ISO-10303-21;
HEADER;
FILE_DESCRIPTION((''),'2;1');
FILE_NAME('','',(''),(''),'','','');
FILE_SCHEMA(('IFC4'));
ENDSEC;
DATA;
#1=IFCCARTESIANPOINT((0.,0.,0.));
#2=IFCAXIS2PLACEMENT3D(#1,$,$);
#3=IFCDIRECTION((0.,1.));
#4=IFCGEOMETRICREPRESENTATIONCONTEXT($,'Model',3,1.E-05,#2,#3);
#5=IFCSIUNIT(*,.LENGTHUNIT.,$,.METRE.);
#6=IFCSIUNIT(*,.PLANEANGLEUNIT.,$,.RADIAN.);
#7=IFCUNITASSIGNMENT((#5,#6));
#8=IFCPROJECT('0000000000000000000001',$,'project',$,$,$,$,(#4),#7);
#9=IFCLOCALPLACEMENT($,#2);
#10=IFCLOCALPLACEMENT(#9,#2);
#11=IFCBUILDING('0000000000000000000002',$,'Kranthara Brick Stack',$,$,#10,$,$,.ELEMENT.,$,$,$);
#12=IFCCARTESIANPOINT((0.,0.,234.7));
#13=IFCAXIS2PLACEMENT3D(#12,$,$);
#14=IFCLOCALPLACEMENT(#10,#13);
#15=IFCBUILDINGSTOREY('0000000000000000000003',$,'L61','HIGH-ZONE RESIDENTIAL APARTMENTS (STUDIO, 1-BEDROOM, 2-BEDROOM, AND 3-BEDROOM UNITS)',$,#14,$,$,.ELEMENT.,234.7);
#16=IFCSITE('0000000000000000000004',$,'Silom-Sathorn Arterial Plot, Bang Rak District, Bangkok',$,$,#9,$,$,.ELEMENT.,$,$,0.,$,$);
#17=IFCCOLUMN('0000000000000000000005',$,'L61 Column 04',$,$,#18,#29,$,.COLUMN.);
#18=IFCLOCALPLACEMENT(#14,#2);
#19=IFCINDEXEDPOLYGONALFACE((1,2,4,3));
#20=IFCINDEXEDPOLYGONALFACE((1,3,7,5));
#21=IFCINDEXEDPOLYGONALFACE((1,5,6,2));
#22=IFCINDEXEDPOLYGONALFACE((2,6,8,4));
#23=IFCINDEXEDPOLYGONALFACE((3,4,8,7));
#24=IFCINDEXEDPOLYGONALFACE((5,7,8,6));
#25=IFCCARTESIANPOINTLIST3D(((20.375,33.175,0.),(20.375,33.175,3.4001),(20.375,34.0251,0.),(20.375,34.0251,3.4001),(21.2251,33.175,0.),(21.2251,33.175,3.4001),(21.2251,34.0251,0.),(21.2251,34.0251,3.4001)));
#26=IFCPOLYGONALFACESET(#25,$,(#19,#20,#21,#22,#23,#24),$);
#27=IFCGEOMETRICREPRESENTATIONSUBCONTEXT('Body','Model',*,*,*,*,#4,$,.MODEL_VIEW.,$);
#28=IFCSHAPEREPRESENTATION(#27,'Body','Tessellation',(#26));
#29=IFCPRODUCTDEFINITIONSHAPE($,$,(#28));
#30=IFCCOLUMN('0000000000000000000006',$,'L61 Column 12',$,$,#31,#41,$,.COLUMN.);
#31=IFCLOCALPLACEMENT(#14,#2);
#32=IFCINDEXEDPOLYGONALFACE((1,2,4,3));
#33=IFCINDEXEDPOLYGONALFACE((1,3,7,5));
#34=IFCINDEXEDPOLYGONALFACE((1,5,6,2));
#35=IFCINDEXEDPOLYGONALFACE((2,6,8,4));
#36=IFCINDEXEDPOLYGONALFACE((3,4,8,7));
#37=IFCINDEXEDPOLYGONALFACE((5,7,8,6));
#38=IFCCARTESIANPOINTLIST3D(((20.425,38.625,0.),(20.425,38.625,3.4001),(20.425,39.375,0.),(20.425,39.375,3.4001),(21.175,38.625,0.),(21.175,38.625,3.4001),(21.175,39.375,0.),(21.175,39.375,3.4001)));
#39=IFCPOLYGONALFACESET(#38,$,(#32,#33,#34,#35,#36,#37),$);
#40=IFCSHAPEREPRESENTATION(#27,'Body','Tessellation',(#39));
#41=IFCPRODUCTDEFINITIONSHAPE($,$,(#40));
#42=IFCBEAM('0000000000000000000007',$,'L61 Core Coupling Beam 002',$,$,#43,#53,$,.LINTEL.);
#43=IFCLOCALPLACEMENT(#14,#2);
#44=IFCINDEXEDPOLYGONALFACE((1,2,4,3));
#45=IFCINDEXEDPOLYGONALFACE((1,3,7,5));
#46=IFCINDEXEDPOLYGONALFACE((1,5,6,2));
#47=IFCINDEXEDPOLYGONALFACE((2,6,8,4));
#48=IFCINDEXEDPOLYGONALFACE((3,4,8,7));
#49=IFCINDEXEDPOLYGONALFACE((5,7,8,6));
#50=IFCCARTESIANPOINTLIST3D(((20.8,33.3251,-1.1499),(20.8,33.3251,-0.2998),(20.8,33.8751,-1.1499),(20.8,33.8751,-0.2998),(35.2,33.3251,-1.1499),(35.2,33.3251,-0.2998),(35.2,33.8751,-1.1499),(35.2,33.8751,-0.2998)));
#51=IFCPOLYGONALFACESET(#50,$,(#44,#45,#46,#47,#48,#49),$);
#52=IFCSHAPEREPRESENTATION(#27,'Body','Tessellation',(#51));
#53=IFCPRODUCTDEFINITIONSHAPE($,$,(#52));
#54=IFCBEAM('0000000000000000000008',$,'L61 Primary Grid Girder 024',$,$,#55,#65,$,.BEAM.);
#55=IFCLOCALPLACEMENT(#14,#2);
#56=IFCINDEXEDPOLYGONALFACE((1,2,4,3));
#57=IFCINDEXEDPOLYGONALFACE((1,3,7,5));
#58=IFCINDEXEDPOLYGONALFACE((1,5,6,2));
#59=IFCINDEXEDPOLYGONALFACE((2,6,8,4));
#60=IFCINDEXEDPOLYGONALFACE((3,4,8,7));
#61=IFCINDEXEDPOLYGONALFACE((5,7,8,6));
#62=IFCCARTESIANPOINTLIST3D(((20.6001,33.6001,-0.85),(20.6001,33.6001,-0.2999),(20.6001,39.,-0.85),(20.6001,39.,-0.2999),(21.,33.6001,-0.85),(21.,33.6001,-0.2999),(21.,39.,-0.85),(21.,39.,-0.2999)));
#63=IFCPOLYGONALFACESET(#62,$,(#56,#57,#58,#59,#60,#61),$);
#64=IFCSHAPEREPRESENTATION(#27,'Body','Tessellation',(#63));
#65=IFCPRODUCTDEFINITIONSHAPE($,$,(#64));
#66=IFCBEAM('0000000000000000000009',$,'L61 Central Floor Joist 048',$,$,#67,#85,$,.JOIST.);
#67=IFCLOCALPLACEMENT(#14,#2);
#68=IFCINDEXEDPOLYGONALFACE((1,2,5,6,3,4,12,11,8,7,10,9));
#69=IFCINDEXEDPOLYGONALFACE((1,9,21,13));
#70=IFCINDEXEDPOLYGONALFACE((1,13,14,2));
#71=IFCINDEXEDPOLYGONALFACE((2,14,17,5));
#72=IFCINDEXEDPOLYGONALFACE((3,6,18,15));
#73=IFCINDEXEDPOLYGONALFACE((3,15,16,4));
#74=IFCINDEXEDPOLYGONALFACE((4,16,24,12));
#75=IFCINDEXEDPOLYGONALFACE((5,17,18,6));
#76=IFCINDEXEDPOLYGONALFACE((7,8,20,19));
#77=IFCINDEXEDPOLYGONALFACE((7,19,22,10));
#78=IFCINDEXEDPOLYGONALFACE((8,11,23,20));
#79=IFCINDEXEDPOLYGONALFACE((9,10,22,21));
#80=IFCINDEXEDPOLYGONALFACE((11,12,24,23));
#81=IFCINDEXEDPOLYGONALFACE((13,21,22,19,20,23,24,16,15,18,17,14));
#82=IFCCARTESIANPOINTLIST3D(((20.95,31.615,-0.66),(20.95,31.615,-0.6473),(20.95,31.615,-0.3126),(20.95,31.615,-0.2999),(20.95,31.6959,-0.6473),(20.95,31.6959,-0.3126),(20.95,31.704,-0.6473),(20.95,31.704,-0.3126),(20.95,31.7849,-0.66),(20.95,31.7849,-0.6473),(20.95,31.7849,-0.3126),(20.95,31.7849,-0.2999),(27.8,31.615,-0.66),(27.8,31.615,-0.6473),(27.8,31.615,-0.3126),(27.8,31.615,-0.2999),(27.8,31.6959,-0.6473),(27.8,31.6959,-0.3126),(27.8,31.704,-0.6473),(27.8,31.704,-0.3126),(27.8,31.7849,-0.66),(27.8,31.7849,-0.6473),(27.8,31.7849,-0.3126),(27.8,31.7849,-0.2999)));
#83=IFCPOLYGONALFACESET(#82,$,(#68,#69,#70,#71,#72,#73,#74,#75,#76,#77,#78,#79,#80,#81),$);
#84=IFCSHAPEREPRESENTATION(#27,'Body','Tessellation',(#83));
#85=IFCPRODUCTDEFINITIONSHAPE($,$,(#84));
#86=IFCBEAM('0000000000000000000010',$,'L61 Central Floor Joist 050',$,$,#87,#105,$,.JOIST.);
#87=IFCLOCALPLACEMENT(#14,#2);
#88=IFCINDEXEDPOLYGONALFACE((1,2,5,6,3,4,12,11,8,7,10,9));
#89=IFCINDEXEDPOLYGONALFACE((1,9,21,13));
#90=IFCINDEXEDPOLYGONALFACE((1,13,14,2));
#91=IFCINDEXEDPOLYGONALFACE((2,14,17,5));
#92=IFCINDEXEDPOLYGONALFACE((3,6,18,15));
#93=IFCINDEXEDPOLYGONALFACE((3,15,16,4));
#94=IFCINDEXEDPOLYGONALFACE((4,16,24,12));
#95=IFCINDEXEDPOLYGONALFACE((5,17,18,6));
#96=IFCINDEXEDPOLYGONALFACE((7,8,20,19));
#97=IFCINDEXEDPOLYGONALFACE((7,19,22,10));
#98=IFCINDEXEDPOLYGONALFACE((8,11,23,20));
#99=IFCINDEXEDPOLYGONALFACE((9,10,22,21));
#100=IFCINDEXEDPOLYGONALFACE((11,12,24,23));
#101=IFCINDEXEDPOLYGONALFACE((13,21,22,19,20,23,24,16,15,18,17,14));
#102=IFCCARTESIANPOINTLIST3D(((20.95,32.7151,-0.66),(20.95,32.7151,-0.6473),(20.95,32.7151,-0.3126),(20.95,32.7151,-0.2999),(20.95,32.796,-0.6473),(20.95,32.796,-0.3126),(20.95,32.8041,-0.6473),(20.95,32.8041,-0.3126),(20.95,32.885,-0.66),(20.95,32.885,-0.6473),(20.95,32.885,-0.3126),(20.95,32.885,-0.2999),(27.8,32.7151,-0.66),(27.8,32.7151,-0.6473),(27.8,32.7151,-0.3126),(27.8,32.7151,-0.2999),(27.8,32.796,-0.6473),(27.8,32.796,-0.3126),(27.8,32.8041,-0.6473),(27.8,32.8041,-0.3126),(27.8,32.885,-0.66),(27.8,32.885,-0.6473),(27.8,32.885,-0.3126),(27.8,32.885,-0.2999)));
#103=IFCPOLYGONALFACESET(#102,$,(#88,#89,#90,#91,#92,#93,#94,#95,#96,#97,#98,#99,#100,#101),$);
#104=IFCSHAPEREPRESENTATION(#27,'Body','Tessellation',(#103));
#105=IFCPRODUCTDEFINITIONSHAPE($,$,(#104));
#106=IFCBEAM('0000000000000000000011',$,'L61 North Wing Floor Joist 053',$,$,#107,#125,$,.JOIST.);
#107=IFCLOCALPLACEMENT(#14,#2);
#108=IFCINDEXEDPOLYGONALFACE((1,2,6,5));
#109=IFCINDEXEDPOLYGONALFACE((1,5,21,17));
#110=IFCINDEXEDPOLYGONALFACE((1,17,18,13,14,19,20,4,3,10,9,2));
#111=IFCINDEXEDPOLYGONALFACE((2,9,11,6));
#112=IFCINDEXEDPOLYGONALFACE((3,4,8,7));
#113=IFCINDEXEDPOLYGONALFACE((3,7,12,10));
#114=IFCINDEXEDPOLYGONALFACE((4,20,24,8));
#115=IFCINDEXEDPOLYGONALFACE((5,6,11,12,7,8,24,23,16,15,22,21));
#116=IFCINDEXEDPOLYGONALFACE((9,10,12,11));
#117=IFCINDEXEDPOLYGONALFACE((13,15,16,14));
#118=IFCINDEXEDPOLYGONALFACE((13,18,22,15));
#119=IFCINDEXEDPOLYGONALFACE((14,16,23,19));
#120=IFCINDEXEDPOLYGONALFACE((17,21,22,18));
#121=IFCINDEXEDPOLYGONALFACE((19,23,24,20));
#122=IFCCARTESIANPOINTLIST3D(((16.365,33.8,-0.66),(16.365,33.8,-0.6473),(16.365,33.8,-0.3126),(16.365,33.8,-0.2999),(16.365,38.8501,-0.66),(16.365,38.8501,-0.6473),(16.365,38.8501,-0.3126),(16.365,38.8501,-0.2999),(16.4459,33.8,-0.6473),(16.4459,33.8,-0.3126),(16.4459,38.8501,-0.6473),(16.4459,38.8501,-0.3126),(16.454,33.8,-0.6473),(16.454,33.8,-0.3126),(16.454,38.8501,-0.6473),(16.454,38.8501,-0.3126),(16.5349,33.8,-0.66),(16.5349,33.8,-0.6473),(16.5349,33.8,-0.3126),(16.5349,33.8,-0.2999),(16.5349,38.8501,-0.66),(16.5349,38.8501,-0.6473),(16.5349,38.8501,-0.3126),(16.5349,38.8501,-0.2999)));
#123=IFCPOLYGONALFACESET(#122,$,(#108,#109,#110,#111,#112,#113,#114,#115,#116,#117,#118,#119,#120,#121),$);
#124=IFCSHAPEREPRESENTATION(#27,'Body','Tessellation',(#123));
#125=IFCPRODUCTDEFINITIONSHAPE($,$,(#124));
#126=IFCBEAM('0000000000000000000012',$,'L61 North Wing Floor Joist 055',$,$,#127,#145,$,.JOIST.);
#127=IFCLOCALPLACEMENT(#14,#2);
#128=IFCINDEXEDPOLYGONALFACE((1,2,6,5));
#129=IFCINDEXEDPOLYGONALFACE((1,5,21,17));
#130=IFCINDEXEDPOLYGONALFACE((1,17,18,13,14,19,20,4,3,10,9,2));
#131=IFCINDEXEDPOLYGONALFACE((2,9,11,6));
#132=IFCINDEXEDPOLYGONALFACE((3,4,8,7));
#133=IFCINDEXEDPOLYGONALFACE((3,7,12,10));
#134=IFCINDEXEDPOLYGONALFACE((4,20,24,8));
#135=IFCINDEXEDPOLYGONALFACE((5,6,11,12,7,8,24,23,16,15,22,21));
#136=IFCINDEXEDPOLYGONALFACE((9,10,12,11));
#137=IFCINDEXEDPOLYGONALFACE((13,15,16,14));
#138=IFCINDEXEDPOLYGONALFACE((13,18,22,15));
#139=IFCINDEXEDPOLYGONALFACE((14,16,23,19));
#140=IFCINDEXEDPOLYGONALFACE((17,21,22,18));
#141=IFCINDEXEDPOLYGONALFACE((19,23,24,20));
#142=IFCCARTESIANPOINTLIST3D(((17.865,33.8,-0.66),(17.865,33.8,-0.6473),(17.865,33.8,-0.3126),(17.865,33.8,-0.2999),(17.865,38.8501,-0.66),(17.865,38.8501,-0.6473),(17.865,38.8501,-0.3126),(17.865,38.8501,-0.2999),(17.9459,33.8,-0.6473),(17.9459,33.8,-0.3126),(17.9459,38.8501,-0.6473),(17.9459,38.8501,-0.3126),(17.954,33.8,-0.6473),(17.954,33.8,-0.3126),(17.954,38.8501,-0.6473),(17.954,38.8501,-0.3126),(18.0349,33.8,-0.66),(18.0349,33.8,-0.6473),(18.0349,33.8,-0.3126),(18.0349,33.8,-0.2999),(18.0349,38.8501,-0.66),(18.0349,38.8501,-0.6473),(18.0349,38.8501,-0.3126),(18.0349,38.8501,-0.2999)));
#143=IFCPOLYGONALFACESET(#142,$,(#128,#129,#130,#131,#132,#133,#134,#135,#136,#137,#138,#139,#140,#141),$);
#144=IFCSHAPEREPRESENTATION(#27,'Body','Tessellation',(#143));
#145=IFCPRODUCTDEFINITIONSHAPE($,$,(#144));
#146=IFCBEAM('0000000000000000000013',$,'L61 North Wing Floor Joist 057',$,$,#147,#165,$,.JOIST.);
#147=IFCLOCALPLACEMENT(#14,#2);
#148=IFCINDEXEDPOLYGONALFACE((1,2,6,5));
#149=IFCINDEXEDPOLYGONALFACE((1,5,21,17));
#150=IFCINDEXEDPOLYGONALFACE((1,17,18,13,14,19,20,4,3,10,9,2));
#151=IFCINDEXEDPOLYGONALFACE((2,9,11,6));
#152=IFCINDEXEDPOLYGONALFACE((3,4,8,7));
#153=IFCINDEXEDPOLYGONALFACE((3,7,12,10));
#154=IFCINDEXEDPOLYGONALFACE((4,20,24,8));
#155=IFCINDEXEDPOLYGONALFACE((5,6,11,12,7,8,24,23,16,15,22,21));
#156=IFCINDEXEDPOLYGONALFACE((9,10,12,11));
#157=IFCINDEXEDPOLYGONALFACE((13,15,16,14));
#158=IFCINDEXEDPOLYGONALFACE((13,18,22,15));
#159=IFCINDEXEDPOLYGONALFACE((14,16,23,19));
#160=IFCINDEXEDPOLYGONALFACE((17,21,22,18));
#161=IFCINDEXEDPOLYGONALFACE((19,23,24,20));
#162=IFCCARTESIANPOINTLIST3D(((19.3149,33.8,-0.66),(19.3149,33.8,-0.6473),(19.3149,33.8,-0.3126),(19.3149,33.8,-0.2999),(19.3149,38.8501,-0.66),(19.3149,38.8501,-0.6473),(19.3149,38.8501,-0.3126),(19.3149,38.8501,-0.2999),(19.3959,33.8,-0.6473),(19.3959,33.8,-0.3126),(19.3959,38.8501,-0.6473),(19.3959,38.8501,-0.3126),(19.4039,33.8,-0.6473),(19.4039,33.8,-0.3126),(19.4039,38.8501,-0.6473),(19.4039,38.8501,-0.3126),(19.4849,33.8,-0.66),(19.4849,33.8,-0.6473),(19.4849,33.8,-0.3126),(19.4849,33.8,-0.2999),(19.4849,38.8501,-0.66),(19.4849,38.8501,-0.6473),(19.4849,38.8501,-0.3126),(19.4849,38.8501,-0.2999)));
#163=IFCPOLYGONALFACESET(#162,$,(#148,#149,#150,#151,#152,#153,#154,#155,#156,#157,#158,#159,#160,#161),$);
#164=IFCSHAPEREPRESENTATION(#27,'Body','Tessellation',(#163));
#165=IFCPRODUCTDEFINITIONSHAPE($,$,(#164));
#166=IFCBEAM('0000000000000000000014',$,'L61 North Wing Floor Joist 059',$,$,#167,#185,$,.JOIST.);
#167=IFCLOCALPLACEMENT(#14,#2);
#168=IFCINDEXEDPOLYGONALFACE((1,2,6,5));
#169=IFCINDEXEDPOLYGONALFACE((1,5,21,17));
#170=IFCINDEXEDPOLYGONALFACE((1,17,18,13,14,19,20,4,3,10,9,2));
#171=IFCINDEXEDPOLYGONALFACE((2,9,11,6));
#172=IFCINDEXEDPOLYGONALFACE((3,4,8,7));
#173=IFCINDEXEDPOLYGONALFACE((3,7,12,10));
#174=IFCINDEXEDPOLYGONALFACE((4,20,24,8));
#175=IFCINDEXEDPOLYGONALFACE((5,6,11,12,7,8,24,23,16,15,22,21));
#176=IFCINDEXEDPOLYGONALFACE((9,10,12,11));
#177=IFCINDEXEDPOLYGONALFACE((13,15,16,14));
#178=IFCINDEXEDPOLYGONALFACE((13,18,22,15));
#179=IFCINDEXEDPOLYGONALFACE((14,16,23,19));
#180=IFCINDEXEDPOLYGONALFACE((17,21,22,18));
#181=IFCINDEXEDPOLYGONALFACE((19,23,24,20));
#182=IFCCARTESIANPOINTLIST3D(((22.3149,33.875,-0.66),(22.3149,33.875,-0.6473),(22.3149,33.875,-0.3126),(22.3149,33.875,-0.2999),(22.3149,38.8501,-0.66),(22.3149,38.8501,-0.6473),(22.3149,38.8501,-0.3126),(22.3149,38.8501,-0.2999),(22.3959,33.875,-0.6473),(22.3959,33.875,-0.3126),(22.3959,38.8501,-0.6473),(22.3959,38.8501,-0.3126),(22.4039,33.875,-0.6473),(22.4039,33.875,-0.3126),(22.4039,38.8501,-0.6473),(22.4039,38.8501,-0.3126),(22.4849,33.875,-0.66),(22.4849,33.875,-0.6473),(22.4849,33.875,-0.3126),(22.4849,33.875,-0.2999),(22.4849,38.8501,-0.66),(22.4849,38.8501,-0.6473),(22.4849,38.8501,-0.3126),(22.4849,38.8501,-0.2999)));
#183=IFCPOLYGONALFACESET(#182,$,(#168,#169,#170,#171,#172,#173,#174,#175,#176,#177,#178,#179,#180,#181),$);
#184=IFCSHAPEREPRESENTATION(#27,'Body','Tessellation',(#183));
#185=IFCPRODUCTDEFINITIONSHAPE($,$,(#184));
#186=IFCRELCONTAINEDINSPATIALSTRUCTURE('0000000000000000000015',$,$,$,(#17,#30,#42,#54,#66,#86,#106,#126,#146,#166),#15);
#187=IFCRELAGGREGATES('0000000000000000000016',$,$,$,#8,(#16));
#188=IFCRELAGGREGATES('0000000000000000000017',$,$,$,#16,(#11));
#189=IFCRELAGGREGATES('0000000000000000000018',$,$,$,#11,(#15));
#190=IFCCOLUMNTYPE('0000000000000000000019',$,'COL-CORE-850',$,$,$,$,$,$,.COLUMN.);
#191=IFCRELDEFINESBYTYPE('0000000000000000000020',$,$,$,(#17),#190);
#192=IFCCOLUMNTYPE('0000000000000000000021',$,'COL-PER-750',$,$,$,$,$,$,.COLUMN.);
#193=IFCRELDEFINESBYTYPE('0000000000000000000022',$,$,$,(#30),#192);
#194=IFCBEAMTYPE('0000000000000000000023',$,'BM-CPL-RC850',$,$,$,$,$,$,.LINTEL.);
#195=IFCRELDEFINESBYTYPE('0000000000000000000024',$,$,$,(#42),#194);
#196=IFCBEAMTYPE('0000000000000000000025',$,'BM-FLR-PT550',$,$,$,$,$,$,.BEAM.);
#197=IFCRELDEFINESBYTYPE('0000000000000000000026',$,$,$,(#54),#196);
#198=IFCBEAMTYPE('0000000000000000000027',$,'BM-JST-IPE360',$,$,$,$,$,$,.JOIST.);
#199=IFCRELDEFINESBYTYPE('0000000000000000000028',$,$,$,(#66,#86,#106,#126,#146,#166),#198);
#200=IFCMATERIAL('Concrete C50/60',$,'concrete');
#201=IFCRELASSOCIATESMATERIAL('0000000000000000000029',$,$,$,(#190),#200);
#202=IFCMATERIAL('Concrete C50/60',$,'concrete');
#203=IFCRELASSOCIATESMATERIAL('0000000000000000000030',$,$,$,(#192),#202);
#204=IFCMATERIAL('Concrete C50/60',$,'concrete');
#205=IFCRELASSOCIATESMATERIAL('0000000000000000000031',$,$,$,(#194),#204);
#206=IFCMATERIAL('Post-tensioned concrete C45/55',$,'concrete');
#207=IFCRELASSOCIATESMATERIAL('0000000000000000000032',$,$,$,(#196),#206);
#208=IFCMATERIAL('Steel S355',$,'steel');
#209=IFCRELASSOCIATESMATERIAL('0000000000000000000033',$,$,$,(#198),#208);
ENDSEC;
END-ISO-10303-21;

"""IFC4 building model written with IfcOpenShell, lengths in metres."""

from ifc_helpers import new_model, si_unit, direction, frame, origin, origin_2d, place, context, subcontext, project, spatial, rectangle, i_section, extrude, material, material_profile, profile_set, type_object, element, save


model = new_model("IFC4")

# Units and contexts
model_context = context("Model", 3, precision=1e-05, world=origin(), true_north=direction((0.0, 1.0)))
body_context = subcontext(model_context, "Body", "Model", "MODEL_VIEW")
ifc_project = project(units=[si_unit("LENGTHUNIT", "METRE"), si_unit("PLANEANGLEUNIT", "RADIAN")], contexts=[model_context])

# Site, building, storey
site_placement = place(None, origin())
site = spatial("IfcSite", under=ifc_project, at=site_placement, Name="Silom-Sathorn Arterial Plot, Bang Rak District, Bangkok", CompositionType="ELEMENT", RefElevation=0.0)
building_placement = place(site_placement, origin())
building = spatial("IfcBuilding", under=site, at=building_placement, Name="Kranthara Brick Stack", CompositionType="ELEMENT")
storey_placement = place(building_placement, frame((0.0, 0.0, 234.7)))
storey = spatial("IfcBuildingStorey", under=building, at=storey_placement, Name="L61", Description="HIGH-ZONE RESIDENTIAL APARTMENTS (STUDIO, 1-BEDROOM, 2-BEDROOM, AND 3-BEDROOM UNITS)", CompositionType="ELEMENT", Elevation=234.7)

# Columns
ifc_material_1 = material(Name="Concrete C50/60", Category="concrete")
ifc_material_profile_1 = material_profile(ifc_material_1, rectangle(XDim=0.8501, YDim=0.8501, at=origin_2d()), Name="RC 850x850")
ifc_profile_set_1 = profile_set([ifc_material_profile_1], Name="Concrete C50/60")
column_type_1 = type_object("IfcColumnType", Name="COL-CORE-850", PredefinedType="COLUMN", material=ifc_profile_set_1)
column_1_placement = place(storey_placement, frame((20.8, 33.6001, 0.0), z_axis=(0.0, 0.0, 1.0), x_axis=(1.0, 0.0, 0.0)))
element("IfcColumn", 1, at=column_1_placement, inside=storey, type_object=column_type_1, Name="L61 Column 04", PredefinedType="COLUMN", context=body_context, shape_type="SweptSolid", body=[
    extrude(rectangle(XDim=0.8501, YDim=0.8501, at=origin_2d()), origin(), (0.0, 0.0, 1.0), 3.4001),
])
ifc_material_2 = material(Name="Concrete C50/60", Category="concrete")
ifc_material_profile_2 = material_profile(ifc_material_2, rectangle(XDim=0.75, YDim=0.75, at=origin_2d()), Name="RC 750x750")
ifc_profile_set_2 = profile_set([ifc_material_profile_2], Name="Concrete C50/60")
column_type_2 = type_object("IfcColumnType", Name="COL-PER-750", PredefinedType="COLUMN", material=ifc_profile_set_2)
column_2_placement = place(storey_placement, frame((20.8, 39.0, 0.0), z_axis=(0.0, 0.0, 1.0), x_axis=(1.0, 0.0, 0.0)))
element("IfcColumn", 2, at=column_2_placement, inside=storey, type_object=column_type_2, Name="L61 Column 12", PredefinedType="COLUMN", context=body_context, shape_type="SweptSolid", body=[
    extrude(rectangle(XDim=0.75, YDim=0.75, at=origin_2d()), origin(), (0.0, 0.0, 1.0), 3.4001),
])

# Beams
ifc_material_3 = material(Name="Concrete C50/60", Category="concrete")
ifc_material_profile_3 = material_profile(ifc_material_3, rectangle(XDim=0.55, YDim=0.8501, at=origin_2d()), Name="RC 550x850")
ifc_profile_set_3 = profile_set([ifc_material_profile_3], Name="Concrete C50/60")
beam_type_1 = type_object("IfcBeamType", Name="BM-CPL-RC850", PredefinedType="LINTEL", material=ifc_profile_set_3)
beam_1_placement = place(storey_placement, frame((20.8, 33.6001, -0.7249), z_axis=(1.0, 0.0, 0.0), x_axis=(0.0, 1.0, 0.0)))
element("IfcBeam", 3, at=beam_1_placement, inside=storey, type_object=beam_type_1, Name="L61 Core Coupling Beam 002", PredefinedType="LINTEL", context=body_context, shape_type="SweptSolid", body=[
    extrude(rectangle(XDim=0.55, YDim=0.8501, at=origin_2d()), origin(), (0.0, 0.0, 1.0), 14.3999),
])
ifc_material_4 = material(Name="Post-tensioned concrete C45/55", Category="concrete")
ifc_material_profile_4 = material_profile(ifc_material_4, rectangle(XDim=0.3999, YDim=0.55, at=origin_2d()), Name="PT 400x550")
ifc_profile_set_4 = profile_set([ifc_material_profile_4], Name="Post-tensioned concrete C45/55")
beam_type_2 = type_object("IfcBeamType", Name="BM-FLR-PT550", PredefinedType="BEAM", material=ifc_profile_set_4)
beam_2_placement = place(storey_placement, frame((20.8, 33.6001, -0.575), z_axis=(0.0, 1.0, 0.0), x_axis=(-1.0, 0.0, 0.0)))
element("IfcBeam", 4, at=beam_2_placement, inside=storey, type_object=beam_type_2, Name="L61 Primary Grid Girder 024", PredefinedType="BEAM", context=body_context, shape_type="SweptSolid", body=[
    extrude(rectangle(XDim=0.3999, YDim=0.55, at=origin_2d()), origin(), (0.0, 0.0, 1.0), 5.3999),
])
ifc_material_5 = material(Name="Steel S355", Category="steel")
ifc_material_profile_5 = material_profile(ifc_material_5, i_section(OverallWidth=0.1699, OverallDepth=0.3601, WebThickness=0.0081, FlangeThickness=0.0127, at=origin_2d()), Name="IPE 360")
ifc_profile_set_5 = profile_set([ifc_material_profile_5], Name="Steel S355")
beam_type_3 = type_object("IfcBeamType", Name="BM-JST-IPE360", PredefinedType="JOIST", material=ifc_profile_set_5)
for number, where, z_axis, x_axis, name in (
    (5, (20.95, 31.7, -0.48), (1.0, 0.0, 0.0), (0.0, 1.0, 0.0), "L61 Central Floor Joist 048"),
    (6, (20.95, 32.8, -0.48), (1.0, 0.0, 0.0), (0.0, 1.0, 0.0), "L61 Central Floor Joist 050"),
):
    element("IfcBeam", number, at=place(storey_placement, frame(where, z_axis=z_axis, x_axis=x_axis)), inside=storey, type_object=beam_type_3, Name=name, PredefinedType="JOIST", context=body_context, shape_type="SweptSolid", body=[
        extrude(i_section(OverallWidth=0.1699, OverallDepth=0.3601, WebThickness=0.0081, FlangeThickness=0.0127, at=origin_2d()), origin(), (0.0, 0.0, 1.0), 6.8501),
    ])
for number, where, z_axis, x_axis, name in (
    (7, (16.45, 33.8, -0.48), (0.0, 1.0, 0.0), (-1.0, 0.0, 0.0), "L61 North Wing Floor Joist 053"),
    (8, (17.95, 33.8, -0.48), (0.0, 1.0, 0.0), (-1.0, 0.0, 0.0), "L61 North Wing Floor Joist 055"),
    (9, (19.3999, 33.8, -0.48), (0.0, 1.0, 0.0), (-1.0, 0.0, 0.0), "L61 North Wing Floor Joist 057"),
):
    element("IfcBeam", number, at=place(storey_placement, frame(where, z_axis=z_axis, x_axis=x_axis)), inside=storey, type_object=beam_type_3, Name=name, PredefinedType="JOIST", context=body_context, shape_type="SweptSolid", body=[
        extrude(i_section(OverallWidth=0.1699, OverallDepth=0.3601, WebThickness=0.0081, FlangeThickness=0.0127, at=origin_2d()), origin(), (0.0, 0.0, 1.0), 5.05),
    ])
for number, where, z_axis, x_axis, name in (
    (10, (22.3999, 33.875, -0.48), (0.0, 1.0, 0.0), (-1.0, 0.0, 0.0), "L61 North Wing Floor Joist 059"),
):
    element("IfcBeam", number, at=place(storey_placement, frame(where, z_axis=z_axis, x_axis=x_axis)), inside=storey, type_object=beam_type_3, Name=name, PredefinedType="JOIST", context=body_context, shape_type="SweptSolid", body=[
        extrude(i_section(OverallWidth=0.1699, OverallDepth=0.3601, WebThickness=0.0081, FlangeThickness=0.0127, at=origin_2d()), origin(), (0.0, 0.0, 1.0), 4.9751),
    ])

save(model, "model.ifc")
